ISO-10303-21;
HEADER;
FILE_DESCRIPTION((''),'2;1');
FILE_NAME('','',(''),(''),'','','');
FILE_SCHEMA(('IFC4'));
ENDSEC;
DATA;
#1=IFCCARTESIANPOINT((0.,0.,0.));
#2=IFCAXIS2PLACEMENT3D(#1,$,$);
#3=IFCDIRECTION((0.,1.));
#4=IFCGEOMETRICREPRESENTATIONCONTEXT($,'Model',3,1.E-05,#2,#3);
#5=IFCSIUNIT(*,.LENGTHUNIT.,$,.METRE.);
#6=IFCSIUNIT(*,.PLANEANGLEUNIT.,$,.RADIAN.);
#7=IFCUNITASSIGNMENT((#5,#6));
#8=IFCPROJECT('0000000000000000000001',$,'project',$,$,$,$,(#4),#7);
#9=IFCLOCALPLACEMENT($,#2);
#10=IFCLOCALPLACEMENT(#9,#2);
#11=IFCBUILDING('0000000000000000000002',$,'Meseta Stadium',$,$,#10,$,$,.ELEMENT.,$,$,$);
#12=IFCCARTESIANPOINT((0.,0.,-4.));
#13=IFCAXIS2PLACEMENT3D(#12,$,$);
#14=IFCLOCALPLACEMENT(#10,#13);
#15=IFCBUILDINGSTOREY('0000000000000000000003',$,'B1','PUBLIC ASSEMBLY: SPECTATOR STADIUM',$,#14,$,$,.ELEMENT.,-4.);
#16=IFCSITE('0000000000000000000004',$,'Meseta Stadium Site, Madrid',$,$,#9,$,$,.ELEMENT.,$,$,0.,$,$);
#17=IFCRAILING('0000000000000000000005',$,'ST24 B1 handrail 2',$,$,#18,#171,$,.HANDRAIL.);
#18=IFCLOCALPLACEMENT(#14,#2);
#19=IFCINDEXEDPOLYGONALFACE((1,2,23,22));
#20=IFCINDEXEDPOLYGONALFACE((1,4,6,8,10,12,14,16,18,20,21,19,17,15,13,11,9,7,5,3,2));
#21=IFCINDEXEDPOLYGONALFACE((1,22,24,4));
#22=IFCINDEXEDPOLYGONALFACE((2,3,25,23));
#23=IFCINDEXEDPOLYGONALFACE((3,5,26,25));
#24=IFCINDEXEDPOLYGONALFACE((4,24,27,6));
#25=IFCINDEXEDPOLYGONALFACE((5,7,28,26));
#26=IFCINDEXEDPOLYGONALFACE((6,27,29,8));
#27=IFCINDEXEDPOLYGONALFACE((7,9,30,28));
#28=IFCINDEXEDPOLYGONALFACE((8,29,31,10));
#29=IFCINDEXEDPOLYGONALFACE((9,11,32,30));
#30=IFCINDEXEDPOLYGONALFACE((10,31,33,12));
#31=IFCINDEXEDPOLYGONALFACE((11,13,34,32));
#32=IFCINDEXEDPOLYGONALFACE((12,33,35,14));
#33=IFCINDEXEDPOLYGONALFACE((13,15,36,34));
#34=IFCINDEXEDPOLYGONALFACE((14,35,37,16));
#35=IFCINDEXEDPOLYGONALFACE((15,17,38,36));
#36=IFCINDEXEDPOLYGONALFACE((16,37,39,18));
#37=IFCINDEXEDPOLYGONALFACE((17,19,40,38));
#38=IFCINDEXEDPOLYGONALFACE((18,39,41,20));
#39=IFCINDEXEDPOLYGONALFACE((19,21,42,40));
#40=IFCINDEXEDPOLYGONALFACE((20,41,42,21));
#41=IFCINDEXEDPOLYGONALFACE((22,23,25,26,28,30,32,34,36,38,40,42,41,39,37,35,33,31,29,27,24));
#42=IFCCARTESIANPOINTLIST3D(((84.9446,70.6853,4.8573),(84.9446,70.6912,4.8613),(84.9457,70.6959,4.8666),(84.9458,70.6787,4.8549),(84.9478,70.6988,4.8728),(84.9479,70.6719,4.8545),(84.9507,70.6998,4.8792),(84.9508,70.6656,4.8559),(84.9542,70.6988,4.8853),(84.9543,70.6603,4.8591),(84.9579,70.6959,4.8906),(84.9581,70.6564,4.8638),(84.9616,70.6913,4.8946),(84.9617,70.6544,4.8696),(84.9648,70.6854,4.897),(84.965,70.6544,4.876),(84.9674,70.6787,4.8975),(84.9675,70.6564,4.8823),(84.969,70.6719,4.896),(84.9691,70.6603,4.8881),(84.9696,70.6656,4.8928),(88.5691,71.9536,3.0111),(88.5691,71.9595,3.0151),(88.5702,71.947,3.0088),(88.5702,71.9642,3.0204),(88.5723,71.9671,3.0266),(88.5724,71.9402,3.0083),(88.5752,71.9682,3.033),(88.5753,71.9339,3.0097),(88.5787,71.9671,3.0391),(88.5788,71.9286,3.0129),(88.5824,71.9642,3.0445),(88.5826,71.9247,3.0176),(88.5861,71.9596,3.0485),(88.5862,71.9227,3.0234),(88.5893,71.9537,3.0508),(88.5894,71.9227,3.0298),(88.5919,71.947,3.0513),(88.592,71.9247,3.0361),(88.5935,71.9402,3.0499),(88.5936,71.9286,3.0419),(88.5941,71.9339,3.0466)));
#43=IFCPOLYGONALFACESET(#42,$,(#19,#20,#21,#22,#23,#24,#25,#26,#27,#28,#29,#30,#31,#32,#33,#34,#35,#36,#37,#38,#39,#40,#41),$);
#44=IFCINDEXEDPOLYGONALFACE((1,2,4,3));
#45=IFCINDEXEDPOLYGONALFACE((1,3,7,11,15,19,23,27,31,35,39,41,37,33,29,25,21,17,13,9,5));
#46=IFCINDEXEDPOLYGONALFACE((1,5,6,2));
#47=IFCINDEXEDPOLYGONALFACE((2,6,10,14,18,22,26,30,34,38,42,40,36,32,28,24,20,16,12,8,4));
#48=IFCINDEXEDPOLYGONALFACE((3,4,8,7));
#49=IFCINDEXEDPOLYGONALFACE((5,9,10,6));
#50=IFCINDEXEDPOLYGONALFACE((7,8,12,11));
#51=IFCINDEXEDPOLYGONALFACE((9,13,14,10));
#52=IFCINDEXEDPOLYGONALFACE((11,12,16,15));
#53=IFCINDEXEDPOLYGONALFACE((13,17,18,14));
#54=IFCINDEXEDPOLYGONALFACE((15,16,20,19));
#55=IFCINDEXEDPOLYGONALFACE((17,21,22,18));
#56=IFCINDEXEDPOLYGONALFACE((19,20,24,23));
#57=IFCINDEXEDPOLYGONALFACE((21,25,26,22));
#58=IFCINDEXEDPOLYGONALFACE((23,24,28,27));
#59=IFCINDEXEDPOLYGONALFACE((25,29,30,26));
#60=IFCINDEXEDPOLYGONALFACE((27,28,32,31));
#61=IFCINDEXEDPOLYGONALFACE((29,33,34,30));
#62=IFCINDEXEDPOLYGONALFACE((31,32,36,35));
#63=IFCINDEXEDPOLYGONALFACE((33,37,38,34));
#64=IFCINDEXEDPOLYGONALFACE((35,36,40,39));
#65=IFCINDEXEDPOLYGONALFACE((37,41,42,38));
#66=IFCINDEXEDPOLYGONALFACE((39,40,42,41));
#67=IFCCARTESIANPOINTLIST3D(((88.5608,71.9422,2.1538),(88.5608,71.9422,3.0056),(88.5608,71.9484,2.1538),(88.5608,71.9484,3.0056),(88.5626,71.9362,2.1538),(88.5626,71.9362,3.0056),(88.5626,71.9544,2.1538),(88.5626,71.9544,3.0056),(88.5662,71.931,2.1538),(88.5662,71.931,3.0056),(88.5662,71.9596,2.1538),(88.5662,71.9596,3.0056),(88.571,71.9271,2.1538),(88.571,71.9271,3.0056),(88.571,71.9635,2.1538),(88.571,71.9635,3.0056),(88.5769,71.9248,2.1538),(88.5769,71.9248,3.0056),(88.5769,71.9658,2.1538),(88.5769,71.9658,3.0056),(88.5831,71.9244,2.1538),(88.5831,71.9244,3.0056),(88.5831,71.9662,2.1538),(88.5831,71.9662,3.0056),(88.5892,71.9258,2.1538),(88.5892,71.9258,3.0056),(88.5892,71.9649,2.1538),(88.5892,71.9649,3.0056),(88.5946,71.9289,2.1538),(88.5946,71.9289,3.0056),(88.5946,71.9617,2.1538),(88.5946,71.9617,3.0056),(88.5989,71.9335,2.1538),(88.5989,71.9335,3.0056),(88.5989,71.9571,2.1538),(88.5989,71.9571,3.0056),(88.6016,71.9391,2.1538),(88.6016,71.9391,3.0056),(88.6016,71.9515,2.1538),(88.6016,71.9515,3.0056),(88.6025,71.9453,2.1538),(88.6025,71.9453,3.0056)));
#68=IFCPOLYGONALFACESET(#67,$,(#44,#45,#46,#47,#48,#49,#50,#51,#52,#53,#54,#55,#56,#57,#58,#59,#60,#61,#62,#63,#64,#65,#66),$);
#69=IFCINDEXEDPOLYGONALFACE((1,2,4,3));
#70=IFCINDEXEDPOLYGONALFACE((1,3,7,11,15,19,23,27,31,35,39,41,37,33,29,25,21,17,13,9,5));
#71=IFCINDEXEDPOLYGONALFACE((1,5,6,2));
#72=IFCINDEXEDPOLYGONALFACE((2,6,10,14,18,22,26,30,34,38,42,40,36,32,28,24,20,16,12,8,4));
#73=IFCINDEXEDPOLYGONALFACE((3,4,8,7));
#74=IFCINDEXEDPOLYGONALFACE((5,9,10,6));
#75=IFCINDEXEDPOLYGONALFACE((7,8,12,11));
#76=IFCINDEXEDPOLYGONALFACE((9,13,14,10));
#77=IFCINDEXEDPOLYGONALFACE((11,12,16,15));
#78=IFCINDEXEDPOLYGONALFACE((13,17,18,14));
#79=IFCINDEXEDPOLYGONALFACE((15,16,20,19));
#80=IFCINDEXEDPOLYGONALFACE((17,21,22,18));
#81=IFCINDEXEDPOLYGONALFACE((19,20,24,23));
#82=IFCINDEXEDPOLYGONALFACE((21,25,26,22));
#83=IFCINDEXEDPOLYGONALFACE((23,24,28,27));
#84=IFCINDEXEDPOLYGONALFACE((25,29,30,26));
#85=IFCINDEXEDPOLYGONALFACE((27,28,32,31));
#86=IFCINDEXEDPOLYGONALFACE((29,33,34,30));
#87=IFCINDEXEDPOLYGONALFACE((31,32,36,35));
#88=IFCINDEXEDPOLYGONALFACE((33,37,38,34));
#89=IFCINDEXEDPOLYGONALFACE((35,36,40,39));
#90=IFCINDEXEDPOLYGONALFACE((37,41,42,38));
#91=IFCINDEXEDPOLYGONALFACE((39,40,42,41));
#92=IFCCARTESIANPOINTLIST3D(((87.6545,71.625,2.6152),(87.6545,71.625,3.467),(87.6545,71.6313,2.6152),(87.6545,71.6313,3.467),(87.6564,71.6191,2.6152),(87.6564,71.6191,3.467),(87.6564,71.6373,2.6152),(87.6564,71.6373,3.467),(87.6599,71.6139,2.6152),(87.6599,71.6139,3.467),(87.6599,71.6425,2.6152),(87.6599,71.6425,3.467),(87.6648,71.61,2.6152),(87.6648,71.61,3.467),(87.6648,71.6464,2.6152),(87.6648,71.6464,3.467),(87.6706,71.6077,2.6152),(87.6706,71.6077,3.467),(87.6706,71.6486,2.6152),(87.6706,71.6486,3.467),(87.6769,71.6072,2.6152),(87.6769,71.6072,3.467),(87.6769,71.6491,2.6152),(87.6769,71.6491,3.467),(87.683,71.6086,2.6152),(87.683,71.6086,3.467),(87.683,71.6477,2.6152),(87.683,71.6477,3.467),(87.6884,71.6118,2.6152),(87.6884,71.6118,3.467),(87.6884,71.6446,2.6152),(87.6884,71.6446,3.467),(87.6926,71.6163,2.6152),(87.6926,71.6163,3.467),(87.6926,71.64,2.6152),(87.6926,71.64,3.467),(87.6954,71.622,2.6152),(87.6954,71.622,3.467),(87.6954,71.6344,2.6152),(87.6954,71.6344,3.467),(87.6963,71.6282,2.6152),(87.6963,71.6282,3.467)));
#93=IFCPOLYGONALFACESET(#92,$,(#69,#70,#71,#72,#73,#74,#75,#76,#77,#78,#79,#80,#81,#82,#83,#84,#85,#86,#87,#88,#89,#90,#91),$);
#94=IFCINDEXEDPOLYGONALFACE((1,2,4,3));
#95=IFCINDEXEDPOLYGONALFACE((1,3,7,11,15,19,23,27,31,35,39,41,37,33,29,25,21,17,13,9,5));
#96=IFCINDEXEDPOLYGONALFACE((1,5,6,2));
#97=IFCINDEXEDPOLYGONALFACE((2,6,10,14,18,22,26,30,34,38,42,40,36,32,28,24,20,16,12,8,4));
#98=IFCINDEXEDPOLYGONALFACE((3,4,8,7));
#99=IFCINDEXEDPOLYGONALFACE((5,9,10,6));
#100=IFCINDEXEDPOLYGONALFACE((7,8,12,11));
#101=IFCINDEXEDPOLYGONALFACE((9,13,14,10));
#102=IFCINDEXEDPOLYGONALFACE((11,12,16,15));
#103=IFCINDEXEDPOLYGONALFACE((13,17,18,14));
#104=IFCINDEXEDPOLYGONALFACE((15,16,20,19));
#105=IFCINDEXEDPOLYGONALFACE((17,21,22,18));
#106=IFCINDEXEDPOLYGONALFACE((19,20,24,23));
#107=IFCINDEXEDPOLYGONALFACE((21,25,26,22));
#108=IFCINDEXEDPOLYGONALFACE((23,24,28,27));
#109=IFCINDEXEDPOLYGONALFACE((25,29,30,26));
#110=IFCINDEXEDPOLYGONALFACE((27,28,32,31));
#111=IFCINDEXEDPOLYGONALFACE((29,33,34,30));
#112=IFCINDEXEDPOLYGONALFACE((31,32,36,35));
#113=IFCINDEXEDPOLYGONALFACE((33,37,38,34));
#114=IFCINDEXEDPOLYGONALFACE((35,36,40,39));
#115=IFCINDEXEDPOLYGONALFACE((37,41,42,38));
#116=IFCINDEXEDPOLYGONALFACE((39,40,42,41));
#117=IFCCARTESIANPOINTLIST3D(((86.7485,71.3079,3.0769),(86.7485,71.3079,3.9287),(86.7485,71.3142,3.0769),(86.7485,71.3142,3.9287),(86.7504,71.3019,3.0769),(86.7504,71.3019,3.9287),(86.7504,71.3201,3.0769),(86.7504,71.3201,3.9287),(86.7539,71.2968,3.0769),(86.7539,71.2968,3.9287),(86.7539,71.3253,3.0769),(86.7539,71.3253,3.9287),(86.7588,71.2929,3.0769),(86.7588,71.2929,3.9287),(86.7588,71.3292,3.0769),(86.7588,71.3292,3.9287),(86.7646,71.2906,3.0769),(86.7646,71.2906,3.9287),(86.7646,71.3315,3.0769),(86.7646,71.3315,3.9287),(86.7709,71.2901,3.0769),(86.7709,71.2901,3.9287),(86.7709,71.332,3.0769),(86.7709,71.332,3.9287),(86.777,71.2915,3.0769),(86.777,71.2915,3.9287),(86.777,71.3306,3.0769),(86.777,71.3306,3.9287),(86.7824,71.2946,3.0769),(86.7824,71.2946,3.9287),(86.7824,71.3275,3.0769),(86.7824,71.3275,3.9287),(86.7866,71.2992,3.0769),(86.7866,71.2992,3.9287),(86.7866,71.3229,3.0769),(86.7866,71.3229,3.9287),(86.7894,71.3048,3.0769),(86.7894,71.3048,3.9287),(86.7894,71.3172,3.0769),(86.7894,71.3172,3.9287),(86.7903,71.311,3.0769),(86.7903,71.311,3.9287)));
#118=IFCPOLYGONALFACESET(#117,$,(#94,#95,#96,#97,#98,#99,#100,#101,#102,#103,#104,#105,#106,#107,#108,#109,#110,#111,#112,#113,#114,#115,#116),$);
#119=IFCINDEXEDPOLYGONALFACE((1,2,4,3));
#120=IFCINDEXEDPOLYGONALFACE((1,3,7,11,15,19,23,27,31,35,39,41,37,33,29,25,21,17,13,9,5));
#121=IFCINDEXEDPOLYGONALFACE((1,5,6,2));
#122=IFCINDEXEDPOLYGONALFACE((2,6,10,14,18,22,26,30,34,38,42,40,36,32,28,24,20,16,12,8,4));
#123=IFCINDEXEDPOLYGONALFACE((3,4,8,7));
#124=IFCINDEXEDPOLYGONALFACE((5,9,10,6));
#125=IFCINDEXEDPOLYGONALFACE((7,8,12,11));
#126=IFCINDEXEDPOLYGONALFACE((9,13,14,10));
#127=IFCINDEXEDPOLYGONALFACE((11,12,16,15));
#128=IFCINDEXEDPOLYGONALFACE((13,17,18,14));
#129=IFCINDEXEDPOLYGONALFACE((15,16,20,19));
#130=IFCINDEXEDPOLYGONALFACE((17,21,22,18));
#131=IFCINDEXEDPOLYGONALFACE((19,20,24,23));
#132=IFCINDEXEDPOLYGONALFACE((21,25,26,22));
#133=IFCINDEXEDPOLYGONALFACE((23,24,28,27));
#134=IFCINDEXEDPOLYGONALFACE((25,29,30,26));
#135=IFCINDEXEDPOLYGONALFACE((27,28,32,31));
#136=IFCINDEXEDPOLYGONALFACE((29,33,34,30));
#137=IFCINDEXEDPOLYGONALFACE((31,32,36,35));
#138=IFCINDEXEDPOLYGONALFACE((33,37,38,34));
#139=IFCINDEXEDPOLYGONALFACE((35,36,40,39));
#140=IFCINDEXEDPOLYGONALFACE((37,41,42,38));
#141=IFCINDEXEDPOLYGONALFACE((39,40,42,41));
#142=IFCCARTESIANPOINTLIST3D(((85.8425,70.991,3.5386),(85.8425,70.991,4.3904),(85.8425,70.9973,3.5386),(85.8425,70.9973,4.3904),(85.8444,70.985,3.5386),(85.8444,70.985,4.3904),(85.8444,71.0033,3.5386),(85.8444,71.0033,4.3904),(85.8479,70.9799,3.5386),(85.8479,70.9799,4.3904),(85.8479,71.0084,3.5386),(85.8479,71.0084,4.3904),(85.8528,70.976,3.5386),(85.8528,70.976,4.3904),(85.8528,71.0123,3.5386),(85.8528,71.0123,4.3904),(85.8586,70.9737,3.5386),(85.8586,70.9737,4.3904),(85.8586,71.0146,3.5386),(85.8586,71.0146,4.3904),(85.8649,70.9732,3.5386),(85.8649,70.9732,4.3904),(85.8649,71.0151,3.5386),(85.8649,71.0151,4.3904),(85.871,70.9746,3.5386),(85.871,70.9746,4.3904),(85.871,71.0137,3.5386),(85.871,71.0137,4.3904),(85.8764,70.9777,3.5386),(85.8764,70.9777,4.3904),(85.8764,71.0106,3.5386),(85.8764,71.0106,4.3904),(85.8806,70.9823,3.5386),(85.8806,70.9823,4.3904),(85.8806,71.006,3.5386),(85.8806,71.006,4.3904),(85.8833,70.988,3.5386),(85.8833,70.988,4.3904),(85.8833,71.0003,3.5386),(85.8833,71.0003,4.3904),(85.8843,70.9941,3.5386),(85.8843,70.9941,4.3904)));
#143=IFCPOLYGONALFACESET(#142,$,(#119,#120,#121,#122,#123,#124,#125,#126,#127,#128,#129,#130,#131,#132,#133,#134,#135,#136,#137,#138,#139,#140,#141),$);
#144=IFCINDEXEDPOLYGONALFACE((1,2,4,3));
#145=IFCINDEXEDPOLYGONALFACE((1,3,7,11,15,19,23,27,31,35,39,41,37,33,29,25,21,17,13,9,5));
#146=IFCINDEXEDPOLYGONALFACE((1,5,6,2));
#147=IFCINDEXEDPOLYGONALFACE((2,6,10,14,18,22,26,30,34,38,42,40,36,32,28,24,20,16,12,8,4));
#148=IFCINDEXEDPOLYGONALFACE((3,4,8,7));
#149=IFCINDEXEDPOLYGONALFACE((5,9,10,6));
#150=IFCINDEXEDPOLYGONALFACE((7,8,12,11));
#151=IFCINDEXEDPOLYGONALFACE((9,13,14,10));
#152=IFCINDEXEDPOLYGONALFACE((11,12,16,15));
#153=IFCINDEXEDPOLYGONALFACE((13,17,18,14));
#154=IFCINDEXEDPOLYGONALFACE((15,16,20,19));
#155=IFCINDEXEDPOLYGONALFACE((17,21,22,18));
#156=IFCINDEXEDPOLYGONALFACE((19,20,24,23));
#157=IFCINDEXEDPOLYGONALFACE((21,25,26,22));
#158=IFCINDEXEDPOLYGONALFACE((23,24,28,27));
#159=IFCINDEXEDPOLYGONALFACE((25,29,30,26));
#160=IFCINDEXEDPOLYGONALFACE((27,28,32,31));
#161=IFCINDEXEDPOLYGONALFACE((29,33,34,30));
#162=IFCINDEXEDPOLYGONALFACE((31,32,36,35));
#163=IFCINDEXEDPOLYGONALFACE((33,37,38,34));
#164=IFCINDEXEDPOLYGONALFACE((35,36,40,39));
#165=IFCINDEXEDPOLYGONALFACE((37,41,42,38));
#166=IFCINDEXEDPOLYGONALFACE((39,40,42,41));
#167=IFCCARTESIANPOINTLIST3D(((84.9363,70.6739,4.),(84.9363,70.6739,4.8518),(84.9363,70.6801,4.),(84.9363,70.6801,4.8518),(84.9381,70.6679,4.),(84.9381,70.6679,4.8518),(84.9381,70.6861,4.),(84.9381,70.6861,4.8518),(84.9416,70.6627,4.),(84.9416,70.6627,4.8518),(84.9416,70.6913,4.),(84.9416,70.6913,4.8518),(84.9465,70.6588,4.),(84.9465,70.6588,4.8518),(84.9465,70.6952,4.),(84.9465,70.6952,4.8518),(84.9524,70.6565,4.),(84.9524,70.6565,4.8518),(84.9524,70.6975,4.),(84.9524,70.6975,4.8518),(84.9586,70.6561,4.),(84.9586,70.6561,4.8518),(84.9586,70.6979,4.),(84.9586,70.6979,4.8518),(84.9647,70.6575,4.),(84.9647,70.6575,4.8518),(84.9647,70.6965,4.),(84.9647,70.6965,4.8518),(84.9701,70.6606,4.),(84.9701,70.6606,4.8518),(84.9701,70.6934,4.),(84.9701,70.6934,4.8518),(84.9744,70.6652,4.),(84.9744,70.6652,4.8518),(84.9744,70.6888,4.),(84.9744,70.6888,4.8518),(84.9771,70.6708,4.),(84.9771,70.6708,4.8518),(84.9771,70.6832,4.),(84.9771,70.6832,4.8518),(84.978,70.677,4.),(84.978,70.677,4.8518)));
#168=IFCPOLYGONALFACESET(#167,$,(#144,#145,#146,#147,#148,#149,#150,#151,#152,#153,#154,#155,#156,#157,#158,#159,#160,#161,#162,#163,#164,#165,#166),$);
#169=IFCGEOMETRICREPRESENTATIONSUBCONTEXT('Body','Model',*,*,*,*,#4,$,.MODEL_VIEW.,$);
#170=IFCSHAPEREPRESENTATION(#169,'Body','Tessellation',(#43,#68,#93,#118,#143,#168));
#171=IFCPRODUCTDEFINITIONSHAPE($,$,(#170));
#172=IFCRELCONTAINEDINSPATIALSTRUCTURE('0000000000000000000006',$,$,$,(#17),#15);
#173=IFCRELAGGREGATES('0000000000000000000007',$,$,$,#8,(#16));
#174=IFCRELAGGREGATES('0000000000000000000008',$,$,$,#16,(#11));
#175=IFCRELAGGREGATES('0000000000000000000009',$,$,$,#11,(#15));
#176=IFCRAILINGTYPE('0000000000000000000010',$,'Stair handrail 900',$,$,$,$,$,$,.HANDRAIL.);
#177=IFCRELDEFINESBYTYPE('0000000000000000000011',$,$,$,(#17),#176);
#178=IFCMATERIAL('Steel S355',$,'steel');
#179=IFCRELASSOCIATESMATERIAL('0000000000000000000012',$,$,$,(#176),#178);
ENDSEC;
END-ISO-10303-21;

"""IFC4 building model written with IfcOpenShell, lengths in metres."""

from ifc_helpers import new_model, si_unit, direction, frame, origin, origin_2d, place, context, subcontext, project, spatial, circle, extrude, material, type_object, element, save


model = new_model("IFC4")

# Units and contexts
model_context = context("Model", 3, precision=1e-05, world=origin(), true_north=direction((0.0, 1.0)))
body_context = subcontext(model_context, "Body", "Model", "MODEL_VIEW")
ifc_project = project(units=[si_unit("LENGTHUNIT", "METRE"), si_unit("PLANEANGLEUNIT", "RADIAN")], contexts=[model_context])

# Site, building, storey
site_placement = place(None, origin())
site = spatial("IfcSite", under=ifc_project, at=site_placement, Name="Meseta Stadium Site, Madrid", CompositionType="ELEMENT", RefElevation=0.0)
building_placement = place(site_placement, origin())
building = spatial("IfcBuilding", under=site, at=building_placement, Name="Meseta Stadium", CompositionType="ELEMENT")
storey_placement = place(building_placement, frame((0.0, 0.0, -4.0)))
storey = spatial("IfcBuildingStorey", under=building, at=storey_placement, Name="B1", Description="PUBLIC ASSEMBLY: SPECTATOR STADIUM", CompositionType="ELEMENT", Elevation=-4.0)

# Railing
ifc_material_1 = material(Name="Steel S355", Category="steel")
railing_type_1 = type_object("IfcRailingType", Name="Stair handrail 900", PredefinedType="HANDRAIL", material=ifc_material_1)
for number, where, name in (
    (1, (88.5815, 71.9453, 2.1538), "ST24 B1 handrail 2"),
):
    element("IfcRailing", number, at=place(storey_placement, frame(where)), inside=storey, type_object=railing_type_1, Name=name, PredefinedType="HANDRAIL", context=body_context, shape_type="SweptSolid", body=[
        extrude(circle(Radius=0.0239, at=origin_2d()), frame((0.0, 0.0, 0.876), z_axis=(-0.850672, -0.297672, 0.4333), x_axis=(0.330288, -0.94388, 0.0)), (0.0, 0.0, 1.0), 4.2607),
        extrude(circle(Radius=0.021, at=origin_2d()), origin(), (0.0, 0.0, 1.0), 0.8518),
        extrude(circle(Radius=0.021, at=origin_2d()), frame((-0.9062, -0.3171, 0.4614)), (0.0, 0.0, 1.0), 0.8518),
        extrude(circle(Radius=0.021, at=origin_2d()), frame((-1.8123, -0.6343, 0.9231)), (0.0, 0.0, 1.0), 0.8518),
        extrude(circle(Radius=0.021, at=origin_2d()), frame((-2.7183, -0.9512, 1.3848)), (0.0, 0.0, 1.0), 0.8518),
        extrude(circle(Radius=0.021, at=origin_2d()), frame((-3.6245, -1.2683, 1.8462)), (0.0, 0.0, 1.0), 0.8518),
    ])

save(model, "model.ifc")
